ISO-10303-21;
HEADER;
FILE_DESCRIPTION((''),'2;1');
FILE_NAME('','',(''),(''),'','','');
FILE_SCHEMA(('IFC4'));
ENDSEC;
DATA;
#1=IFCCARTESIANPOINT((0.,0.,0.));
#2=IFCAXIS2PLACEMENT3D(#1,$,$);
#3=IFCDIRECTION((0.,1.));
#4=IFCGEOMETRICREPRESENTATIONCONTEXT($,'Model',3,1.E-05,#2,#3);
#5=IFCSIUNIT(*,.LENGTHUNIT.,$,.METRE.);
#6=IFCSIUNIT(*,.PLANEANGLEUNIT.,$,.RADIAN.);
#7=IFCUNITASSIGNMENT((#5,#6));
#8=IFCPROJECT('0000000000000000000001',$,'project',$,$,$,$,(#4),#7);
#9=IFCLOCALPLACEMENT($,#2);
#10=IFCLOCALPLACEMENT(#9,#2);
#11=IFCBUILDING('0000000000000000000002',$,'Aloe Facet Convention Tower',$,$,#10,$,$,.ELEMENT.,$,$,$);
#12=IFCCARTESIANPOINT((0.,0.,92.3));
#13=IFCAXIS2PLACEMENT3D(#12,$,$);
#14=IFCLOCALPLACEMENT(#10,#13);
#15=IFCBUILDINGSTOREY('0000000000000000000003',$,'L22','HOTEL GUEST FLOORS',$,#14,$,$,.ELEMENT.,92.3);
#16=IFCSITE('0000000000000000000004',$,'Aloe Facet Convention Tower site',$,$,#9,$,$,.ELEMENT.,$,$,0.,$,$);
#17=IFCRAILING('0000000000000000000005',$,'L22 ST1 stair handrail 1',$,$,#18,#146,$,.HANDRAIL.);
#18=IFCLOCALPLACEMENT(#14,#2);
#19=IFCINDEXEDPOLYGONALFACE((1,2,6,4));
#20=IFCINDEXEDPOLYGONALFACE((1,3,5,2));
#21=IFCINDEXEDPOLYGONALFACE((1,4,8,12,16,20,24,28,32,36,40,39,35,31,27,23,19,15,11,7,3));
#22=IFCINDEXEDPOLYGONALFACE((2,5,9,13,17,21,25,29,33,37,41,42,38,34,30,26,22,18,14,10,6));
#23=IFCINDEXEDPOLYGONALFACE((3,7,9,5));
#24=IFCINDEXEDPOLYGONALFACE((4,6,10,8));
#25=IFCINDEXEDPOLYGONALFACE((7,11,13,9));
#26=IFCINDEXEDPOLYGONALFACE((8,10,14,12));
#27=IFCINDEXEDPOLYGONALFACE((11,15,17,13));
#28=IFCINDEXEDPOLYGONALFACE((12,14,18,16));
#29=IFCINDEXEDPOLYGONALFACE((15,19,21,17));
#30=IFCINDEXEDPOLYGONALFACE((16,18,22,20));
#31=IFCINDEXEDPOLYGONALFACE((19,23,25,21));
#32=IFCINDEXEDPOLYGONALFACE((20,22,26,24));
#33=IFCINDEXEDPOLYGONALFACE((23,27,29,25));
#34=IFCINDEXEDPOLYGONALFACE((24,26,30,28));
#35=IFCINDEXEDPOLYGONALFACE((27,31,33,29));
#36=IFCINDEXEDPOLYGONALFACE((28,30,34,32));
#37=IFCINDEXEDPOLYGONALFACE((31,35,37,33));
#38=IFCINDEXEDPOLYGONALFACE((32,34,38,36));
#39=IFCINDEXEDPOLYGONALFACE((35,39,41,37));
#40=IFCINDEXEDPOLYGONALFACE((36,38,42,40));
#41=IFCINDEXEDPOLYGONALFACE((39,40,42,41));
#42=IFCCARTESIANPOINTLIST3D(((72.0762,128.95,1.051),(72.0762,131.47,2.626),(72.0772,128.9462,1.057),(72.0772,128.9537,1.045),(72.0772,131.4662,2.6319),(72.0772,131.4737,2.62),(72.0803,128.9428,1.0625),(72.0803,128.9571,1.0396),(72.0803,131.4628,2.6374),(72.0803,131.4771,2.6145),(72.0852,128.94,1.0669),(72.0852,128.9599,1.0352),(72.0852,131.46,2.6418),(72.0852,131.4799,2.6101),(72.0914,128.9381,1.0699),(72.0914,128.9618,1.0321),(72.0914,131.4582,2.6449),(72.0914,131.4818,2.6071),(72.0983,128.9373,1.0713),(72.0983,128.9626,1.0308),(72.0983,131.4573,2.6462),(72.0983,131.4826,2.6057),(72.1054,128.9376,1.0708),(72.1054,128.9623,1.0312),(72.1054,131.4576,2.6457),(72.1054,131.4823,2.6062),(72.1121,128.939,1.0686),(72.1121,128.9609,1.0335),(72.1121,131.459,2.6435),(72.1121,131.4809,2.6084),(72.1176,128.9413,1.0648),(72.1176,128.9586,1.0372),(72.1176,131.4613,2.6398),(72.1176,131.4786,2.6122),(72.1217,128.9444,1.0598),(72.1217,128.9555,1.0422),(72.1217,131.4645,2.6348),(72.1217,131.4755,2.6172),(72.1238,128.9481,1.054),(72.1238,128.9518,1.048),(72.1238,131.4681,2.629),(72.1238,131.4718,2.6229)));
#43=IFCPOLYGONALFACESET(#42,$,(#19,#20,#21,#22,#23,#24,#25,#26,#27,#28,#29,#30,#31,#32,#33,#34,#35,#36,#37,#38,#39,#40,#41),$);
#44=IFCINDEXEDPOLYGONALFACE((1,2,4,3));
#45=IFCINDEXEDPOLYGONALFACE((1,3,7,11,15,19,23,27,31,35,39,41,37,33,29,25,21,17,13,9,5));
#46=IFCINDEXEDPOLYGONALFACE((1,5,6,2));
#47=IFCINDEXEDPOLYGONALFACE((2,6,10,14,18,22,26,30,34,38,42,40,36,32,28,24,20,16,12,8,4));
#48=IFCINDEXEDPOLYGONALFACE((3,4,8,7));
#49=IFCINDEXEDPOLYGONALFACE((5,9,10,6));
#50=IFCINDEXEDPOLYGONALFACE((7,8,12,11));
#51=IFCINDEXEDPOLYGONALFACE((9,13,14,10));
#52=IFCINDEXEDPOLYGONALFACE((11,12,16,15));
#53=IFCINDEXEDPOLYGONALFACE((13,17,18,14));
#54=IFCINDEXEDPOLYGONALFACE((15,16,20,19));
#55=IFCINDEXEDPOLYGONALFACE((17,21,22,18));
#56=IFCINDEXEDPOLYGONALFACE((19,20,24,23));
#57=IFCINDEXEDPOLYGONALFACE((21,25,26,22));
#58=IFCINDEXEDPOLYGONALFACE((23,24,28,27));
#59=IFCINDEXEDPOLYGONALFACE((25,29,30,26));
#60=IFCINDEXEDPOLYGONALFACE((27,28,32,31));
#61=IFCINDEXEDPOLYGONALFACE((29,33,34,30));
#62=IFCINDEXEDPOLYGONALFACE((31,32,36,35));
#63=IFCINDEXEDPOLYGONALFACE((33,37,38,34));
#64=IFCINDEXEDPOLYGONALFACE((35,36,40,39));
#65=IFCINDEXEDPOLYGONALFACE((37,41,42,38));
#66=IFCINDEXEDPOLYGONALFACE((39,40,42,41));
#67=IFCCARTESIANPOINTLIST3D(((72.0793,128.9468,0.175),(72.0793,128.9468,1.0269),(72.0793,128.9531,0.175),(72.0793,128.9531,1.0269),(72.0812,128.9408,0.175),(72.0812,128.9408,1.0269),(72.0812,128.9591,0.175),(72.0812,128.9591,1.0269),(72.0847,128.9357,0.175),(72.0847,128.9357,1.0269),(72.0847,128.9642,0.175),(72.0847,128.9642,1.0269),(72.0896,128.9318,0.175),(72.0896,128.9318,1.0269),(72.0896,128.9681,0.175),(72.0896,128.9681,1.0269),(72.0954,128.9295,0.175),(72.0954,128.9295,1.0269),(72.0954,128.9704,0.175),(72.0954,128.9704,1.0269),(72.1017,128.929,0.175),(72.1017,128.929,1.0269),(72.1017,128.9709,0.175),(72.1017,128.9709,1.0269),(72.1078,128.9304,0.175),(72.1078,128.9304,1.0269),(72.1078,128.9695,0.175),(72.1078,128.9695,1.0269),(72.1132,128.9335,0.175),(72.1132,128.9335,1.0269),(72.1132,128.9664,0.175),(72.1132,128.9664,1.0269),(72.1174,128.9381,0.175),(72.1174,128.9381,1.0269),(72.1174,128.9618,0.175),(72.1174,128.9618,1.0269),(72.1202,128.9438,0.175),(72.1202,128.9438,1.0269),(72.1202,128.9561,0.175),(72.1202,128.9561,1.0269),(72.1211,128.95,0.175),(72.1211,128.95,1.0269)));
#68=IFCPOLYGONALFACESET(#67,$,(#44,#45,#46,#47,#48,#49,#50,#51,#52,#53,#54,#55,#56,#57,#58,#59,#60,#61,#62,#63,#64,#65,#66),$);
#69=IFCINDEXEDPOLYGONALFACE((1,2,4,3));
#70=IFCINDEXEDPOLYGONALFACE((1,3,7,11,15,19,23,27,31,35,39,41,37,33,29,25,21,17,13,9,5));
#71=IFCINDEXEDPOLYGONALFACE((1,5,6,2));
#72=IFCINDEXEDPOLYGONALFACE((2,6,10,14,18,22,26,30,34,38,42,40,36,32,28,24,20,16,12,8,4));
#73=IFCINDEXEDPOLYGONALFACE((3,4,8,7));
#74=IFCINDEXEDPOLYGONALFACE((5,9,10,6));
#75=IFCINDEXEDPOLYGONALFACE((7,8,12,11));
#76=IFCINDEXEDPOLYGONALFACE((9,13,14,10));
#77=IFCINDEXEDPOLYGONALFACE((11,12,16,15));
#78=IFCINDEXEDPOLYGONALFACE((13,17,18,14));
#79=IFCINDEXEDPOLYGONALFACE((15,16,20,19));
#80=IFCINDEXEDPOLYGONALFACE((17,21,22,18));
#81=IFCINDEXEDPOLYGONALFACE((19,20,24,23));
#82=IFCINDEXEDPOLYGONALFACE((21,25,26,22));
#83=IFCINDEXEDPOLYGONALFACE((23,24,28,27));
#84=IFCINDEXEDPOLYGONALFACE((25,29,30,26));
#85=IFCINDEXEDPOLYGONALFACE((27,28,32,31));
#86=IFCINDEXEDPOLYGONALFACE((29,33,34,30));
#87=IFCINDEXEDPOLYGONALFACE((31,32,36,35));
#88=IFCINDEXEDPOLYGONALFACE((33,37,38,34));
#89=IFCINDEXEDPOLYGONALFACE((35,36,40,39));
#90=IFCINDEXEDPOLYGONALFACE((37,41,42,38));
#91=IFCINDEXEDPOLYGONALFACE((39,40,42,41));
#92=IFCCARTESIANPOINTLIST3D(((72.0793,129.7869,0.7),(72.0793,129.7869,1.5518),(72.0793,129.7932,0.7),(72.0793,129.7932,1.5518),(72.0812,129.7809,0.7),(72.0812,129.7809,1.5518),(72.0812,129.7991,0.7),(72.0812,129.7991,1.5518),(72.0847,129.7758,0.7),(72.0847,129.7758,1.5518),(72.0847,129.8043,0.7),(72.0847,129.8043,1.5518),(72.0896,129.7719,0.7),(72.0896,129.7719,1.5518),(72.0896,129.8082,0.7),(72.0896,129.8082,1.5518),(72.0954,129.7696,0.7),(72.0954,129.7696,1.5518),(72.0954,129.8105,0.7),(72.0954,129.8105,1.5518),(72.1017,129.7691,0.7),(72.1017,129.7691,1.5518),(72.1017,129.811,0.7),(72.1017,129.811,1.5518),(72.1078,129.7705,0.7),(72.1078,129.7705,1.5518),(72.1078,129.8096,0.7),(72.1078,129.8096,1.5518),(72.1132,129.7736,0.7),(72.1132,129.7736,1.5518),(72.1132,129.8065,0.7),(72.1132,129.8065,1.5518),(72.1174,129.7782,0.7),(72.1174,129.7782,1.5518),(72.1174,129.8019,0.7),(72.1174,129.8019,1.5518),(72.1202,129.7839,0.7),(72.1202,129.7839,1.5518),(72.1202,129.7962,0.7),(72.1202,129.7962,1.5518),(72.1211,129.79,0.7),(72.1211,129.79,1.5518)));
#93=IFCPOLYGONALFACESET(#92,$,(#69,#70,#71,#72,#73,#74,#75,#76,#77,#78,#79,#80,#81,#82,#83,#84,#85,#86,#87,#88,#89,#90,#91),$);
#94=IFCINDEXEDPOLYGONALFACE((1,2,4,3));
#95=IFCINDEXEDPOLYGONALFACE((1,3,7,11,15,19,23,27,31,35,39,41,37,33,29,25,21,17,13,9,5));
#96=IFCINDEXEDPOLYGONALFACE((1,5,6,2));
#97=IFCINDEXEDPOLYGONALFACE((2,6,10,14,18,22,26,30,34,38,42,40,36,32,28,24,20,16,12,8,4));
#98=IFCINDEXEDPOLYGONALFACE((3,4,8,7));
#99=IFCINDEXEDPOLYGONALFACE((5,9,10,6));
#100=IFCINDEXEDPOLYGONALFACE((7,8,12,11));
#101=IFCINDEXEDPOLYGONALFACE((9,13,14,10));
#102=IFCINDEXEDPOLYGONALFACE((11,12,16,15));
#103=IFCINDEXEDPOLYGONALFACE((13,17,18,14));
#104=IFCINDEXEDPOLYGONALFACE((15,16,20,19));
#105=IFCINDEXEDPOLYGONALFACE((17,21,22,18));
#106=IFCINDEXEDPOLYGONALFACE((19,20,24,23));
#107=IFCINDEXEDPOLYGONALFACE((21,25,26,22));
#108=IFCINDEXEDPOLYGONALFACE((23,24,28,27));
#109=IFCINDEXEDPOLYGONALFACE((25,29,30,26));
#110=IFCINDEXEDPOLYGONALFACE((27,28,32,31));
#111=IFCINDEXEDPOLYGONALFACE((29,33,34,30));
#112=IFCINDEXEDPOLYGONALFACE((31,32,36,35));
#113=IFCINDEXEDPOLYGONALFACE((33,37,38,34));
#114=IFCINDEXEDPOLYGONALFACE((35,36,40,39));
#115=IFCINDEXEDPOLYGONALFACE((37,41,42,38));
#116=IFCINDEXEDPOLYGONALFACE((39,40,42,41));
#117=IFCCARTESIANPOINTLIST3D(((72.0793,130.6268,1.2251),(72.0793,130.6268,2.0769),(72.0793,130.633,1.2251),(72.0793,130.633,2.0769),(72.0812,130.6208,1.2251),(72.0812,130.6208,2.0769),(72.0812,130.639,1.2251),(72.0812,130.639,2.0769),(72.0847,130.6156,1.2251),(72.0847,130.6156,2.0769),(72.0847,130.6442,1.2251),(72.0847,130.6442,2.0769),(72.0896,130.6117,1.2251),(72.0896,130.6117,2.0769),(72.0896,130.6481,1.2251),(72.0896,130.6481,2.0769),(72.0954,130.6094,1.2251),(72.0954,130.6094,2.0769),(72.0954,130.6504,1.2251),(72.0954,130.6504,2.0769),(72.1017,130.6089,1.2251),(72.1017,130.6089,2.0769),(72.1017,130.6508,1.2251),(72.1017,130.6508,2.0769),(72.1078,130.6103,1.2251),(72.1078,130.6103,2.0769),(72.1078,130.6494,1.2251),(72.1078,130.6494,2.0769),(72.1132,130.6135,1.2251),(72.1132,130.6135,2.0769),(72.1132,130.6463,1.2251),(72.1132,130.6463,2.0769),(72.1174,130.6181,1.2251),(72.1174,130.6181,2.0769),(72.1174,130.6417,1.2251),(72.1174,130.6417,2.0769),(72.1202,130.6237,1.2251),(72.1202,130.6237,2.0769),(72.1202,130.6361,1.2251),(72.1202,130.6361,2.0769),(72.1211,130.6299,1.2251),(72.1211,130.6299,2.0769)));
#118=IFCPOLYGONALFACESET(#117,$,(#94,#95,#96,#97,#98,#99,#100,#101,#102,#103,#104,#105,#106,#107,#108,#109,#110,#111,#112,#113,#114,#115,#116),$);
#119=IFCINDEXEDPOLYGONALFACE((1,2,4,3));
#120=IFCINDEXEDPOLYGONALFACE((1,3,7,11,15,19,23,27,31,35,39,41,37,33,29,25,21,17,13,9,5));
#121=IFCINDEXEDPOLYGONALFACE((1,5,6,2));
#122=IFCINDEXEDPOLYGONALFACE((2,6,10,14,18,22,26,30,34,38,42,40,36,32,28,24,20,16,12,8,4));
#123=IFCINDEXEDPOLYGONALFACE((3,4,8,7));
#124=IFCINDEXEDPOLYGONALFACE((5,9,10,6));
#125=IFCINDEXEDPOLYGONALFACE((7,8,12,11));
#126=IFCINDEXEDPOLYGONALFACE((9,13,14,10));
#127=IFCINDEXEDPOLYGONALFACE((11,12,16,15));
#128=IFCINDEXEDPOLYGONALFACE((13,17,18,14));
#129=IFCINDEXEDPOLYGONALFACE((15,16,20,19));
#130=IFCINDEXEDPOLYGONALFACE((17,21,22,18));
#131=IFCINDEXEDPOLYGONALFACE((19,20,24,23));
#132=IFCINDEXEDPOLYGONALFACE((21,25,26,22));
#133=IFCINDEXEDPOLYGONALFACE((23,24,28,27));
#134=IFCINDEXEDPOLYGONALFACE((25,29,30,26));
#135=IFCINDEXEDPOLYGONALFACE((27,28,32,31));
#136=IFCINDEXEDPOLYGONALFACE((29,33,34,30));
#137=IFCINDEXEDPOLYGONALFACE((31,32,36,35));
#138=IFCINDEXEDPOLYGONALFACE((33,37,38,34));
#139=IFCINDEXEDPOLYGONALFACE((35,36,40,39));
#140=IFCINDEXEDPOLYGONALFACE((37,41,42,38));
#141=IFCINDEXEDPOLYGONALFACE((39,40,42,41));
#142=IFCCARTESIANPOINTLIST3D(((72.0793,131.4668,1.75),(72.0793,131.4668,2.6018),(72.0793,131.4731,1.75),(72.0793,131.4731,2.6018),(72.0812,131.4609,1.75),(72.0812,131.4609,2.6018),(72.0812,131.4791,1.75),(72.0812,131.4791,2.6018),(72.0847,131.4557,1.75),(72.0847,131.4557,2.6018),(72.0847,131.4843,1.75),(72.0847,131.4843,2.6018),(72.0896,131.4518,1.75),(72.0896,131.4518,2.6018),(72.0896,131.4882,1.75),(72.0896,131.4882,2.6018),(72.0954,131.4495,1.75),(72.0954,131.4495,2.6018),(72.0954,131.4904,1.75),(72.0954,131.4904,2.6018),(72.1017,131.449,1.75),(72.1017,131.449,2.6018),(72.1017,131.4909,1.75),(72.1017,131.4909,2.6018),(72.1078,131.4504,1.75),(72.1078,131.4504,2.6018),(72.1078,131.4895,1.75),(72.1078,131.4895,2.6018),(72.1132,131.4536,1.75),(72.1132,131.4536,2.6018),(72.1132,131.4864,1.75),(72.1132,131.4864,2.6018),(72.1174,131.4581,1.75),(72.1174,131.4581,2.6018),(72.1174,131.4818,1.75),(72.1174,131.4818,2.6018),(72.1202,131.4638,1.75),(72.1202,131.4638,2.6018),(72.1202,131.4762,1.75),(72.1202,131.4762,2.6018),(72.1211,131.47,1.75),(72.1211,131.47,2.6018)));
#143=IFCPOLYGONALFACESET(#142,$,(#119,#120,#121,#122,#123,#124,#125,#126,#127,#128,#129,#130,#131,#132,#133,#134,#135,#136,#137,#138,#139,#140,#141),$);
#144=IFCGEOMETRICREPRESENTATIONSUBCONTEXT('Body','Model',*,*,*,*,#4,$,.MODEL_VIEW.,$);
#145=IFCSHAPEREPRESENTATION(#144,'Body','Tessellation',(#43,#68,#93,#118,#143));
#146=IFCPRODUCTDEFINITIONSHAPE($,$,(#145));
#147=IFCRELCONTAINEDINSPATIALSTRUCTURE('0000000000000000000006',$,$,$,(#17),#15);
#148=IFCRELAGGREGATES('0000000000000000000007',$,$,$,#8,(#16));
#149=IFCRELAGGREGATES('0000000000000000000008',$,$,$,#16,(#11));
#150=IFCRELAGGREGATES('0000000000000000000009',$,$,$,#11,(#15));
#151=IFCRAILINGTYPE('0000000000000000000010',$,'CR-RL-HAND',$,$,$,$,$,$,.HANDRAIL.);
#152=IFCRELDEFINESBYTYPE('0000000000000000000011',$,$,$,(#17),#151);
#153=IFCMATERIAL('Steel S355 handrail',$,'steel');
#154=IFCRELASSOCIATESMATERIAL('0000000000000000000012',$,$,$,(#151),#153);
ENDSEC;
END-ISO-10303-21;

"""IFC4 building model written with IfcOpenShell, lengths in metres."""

from ifc_helpers import new_model, si_unit, direction, frame, origin, origin_2d, place, context, subcontext, project, spatial, circle, extrude, material, type_object, element, save


model = new_model("IFC4")

# Units and contexts
model_context = context("Model", 3, precision=1e-05, world=origin(), true_north=direction((0.0, 1.0)))
body_context = subcontext(model_context, "Body", "Model", "MODEL_VIEW")
ifc_project = project(units=[si_unit("LENGTHUNIT", "METRE"), si_unit("PLANEANGLEUNIT", "RADIAN")], contexts=[model_context])

# Site, building, storey
site_placement = place(None, origin())
site = spatial("IfcSite", under=ifc_project, at=site_placement, Name="Aloe Facet Convention Tower site", CompositionType="ELEMENT", RefElevation=0.0)
building_placement = place(site_placement, origin())
building = spatial("IfcBuilding", under=site, at=building_placement, Name="Aloe Facet Convention Tower", CompositionType="ELEMENT")
storey_placement = place(building_placement, frame((0.0, 0.0, 92.3)))
storey = spatial("IfcBuildingStorey", under=building, at=storey_placement, Name="L22", Description="HOTEL GUEST FLOORS", CompositionType="ELEMENT", Elevation=92.3)

# Railing
ifc_material_1 = material(Name="Steel S355 handrail", Category="steel")
railing_type_1 = type_object("IfcRailingType", Name="CR-RL-HAND", PredefinedType="HANDRAIL", material=ifc_material_1)
railing_1_placement = place(storey_placement, frame((72.1001, 128.95, 0.175)))
element("IfcRailing", 1, at=railing_1_placement, inside=storey, type_object=railing_type_1, Name="L22 ST1 stair handrail 1", PredefinedType="HANDRAIL", context=body_context, shape_type="SweptSolid", body=[
    extrude(circle(Radius=0.0239, at=origin_2d()), frame((0.0, 0.0, 0.876), z_axis=(0.0, 0.848008, 0.529984), x_axis=(-1.0, 0.0, 0.0)), (0.0, 0.0, 1.0), 2.9717),
    extrude(circle(Radius=0.021, at=origin_2d()), origin(), (0.0, 0.0, 1.0), 0.8518),
    extrude(circle(Radius=0.021, at=origin_2d()), frame((0.0, 0.8401, 0.5249)), (0.0, 0.0, 1.0), 0.8518),
    extrude(circle(Radius=0.021, at=origin_2d()), frame((0.0, 1.6799, 1.05)), (0.0, 0.0, 1.0), 0.8518),
    extrude(circle(Radius=0.021, at=origin_2d()), frame((0.0, 2.52, 1.575)), (0.0, 0.0, 1.0), 0.8518),
])

save(model, "model.ifc")
